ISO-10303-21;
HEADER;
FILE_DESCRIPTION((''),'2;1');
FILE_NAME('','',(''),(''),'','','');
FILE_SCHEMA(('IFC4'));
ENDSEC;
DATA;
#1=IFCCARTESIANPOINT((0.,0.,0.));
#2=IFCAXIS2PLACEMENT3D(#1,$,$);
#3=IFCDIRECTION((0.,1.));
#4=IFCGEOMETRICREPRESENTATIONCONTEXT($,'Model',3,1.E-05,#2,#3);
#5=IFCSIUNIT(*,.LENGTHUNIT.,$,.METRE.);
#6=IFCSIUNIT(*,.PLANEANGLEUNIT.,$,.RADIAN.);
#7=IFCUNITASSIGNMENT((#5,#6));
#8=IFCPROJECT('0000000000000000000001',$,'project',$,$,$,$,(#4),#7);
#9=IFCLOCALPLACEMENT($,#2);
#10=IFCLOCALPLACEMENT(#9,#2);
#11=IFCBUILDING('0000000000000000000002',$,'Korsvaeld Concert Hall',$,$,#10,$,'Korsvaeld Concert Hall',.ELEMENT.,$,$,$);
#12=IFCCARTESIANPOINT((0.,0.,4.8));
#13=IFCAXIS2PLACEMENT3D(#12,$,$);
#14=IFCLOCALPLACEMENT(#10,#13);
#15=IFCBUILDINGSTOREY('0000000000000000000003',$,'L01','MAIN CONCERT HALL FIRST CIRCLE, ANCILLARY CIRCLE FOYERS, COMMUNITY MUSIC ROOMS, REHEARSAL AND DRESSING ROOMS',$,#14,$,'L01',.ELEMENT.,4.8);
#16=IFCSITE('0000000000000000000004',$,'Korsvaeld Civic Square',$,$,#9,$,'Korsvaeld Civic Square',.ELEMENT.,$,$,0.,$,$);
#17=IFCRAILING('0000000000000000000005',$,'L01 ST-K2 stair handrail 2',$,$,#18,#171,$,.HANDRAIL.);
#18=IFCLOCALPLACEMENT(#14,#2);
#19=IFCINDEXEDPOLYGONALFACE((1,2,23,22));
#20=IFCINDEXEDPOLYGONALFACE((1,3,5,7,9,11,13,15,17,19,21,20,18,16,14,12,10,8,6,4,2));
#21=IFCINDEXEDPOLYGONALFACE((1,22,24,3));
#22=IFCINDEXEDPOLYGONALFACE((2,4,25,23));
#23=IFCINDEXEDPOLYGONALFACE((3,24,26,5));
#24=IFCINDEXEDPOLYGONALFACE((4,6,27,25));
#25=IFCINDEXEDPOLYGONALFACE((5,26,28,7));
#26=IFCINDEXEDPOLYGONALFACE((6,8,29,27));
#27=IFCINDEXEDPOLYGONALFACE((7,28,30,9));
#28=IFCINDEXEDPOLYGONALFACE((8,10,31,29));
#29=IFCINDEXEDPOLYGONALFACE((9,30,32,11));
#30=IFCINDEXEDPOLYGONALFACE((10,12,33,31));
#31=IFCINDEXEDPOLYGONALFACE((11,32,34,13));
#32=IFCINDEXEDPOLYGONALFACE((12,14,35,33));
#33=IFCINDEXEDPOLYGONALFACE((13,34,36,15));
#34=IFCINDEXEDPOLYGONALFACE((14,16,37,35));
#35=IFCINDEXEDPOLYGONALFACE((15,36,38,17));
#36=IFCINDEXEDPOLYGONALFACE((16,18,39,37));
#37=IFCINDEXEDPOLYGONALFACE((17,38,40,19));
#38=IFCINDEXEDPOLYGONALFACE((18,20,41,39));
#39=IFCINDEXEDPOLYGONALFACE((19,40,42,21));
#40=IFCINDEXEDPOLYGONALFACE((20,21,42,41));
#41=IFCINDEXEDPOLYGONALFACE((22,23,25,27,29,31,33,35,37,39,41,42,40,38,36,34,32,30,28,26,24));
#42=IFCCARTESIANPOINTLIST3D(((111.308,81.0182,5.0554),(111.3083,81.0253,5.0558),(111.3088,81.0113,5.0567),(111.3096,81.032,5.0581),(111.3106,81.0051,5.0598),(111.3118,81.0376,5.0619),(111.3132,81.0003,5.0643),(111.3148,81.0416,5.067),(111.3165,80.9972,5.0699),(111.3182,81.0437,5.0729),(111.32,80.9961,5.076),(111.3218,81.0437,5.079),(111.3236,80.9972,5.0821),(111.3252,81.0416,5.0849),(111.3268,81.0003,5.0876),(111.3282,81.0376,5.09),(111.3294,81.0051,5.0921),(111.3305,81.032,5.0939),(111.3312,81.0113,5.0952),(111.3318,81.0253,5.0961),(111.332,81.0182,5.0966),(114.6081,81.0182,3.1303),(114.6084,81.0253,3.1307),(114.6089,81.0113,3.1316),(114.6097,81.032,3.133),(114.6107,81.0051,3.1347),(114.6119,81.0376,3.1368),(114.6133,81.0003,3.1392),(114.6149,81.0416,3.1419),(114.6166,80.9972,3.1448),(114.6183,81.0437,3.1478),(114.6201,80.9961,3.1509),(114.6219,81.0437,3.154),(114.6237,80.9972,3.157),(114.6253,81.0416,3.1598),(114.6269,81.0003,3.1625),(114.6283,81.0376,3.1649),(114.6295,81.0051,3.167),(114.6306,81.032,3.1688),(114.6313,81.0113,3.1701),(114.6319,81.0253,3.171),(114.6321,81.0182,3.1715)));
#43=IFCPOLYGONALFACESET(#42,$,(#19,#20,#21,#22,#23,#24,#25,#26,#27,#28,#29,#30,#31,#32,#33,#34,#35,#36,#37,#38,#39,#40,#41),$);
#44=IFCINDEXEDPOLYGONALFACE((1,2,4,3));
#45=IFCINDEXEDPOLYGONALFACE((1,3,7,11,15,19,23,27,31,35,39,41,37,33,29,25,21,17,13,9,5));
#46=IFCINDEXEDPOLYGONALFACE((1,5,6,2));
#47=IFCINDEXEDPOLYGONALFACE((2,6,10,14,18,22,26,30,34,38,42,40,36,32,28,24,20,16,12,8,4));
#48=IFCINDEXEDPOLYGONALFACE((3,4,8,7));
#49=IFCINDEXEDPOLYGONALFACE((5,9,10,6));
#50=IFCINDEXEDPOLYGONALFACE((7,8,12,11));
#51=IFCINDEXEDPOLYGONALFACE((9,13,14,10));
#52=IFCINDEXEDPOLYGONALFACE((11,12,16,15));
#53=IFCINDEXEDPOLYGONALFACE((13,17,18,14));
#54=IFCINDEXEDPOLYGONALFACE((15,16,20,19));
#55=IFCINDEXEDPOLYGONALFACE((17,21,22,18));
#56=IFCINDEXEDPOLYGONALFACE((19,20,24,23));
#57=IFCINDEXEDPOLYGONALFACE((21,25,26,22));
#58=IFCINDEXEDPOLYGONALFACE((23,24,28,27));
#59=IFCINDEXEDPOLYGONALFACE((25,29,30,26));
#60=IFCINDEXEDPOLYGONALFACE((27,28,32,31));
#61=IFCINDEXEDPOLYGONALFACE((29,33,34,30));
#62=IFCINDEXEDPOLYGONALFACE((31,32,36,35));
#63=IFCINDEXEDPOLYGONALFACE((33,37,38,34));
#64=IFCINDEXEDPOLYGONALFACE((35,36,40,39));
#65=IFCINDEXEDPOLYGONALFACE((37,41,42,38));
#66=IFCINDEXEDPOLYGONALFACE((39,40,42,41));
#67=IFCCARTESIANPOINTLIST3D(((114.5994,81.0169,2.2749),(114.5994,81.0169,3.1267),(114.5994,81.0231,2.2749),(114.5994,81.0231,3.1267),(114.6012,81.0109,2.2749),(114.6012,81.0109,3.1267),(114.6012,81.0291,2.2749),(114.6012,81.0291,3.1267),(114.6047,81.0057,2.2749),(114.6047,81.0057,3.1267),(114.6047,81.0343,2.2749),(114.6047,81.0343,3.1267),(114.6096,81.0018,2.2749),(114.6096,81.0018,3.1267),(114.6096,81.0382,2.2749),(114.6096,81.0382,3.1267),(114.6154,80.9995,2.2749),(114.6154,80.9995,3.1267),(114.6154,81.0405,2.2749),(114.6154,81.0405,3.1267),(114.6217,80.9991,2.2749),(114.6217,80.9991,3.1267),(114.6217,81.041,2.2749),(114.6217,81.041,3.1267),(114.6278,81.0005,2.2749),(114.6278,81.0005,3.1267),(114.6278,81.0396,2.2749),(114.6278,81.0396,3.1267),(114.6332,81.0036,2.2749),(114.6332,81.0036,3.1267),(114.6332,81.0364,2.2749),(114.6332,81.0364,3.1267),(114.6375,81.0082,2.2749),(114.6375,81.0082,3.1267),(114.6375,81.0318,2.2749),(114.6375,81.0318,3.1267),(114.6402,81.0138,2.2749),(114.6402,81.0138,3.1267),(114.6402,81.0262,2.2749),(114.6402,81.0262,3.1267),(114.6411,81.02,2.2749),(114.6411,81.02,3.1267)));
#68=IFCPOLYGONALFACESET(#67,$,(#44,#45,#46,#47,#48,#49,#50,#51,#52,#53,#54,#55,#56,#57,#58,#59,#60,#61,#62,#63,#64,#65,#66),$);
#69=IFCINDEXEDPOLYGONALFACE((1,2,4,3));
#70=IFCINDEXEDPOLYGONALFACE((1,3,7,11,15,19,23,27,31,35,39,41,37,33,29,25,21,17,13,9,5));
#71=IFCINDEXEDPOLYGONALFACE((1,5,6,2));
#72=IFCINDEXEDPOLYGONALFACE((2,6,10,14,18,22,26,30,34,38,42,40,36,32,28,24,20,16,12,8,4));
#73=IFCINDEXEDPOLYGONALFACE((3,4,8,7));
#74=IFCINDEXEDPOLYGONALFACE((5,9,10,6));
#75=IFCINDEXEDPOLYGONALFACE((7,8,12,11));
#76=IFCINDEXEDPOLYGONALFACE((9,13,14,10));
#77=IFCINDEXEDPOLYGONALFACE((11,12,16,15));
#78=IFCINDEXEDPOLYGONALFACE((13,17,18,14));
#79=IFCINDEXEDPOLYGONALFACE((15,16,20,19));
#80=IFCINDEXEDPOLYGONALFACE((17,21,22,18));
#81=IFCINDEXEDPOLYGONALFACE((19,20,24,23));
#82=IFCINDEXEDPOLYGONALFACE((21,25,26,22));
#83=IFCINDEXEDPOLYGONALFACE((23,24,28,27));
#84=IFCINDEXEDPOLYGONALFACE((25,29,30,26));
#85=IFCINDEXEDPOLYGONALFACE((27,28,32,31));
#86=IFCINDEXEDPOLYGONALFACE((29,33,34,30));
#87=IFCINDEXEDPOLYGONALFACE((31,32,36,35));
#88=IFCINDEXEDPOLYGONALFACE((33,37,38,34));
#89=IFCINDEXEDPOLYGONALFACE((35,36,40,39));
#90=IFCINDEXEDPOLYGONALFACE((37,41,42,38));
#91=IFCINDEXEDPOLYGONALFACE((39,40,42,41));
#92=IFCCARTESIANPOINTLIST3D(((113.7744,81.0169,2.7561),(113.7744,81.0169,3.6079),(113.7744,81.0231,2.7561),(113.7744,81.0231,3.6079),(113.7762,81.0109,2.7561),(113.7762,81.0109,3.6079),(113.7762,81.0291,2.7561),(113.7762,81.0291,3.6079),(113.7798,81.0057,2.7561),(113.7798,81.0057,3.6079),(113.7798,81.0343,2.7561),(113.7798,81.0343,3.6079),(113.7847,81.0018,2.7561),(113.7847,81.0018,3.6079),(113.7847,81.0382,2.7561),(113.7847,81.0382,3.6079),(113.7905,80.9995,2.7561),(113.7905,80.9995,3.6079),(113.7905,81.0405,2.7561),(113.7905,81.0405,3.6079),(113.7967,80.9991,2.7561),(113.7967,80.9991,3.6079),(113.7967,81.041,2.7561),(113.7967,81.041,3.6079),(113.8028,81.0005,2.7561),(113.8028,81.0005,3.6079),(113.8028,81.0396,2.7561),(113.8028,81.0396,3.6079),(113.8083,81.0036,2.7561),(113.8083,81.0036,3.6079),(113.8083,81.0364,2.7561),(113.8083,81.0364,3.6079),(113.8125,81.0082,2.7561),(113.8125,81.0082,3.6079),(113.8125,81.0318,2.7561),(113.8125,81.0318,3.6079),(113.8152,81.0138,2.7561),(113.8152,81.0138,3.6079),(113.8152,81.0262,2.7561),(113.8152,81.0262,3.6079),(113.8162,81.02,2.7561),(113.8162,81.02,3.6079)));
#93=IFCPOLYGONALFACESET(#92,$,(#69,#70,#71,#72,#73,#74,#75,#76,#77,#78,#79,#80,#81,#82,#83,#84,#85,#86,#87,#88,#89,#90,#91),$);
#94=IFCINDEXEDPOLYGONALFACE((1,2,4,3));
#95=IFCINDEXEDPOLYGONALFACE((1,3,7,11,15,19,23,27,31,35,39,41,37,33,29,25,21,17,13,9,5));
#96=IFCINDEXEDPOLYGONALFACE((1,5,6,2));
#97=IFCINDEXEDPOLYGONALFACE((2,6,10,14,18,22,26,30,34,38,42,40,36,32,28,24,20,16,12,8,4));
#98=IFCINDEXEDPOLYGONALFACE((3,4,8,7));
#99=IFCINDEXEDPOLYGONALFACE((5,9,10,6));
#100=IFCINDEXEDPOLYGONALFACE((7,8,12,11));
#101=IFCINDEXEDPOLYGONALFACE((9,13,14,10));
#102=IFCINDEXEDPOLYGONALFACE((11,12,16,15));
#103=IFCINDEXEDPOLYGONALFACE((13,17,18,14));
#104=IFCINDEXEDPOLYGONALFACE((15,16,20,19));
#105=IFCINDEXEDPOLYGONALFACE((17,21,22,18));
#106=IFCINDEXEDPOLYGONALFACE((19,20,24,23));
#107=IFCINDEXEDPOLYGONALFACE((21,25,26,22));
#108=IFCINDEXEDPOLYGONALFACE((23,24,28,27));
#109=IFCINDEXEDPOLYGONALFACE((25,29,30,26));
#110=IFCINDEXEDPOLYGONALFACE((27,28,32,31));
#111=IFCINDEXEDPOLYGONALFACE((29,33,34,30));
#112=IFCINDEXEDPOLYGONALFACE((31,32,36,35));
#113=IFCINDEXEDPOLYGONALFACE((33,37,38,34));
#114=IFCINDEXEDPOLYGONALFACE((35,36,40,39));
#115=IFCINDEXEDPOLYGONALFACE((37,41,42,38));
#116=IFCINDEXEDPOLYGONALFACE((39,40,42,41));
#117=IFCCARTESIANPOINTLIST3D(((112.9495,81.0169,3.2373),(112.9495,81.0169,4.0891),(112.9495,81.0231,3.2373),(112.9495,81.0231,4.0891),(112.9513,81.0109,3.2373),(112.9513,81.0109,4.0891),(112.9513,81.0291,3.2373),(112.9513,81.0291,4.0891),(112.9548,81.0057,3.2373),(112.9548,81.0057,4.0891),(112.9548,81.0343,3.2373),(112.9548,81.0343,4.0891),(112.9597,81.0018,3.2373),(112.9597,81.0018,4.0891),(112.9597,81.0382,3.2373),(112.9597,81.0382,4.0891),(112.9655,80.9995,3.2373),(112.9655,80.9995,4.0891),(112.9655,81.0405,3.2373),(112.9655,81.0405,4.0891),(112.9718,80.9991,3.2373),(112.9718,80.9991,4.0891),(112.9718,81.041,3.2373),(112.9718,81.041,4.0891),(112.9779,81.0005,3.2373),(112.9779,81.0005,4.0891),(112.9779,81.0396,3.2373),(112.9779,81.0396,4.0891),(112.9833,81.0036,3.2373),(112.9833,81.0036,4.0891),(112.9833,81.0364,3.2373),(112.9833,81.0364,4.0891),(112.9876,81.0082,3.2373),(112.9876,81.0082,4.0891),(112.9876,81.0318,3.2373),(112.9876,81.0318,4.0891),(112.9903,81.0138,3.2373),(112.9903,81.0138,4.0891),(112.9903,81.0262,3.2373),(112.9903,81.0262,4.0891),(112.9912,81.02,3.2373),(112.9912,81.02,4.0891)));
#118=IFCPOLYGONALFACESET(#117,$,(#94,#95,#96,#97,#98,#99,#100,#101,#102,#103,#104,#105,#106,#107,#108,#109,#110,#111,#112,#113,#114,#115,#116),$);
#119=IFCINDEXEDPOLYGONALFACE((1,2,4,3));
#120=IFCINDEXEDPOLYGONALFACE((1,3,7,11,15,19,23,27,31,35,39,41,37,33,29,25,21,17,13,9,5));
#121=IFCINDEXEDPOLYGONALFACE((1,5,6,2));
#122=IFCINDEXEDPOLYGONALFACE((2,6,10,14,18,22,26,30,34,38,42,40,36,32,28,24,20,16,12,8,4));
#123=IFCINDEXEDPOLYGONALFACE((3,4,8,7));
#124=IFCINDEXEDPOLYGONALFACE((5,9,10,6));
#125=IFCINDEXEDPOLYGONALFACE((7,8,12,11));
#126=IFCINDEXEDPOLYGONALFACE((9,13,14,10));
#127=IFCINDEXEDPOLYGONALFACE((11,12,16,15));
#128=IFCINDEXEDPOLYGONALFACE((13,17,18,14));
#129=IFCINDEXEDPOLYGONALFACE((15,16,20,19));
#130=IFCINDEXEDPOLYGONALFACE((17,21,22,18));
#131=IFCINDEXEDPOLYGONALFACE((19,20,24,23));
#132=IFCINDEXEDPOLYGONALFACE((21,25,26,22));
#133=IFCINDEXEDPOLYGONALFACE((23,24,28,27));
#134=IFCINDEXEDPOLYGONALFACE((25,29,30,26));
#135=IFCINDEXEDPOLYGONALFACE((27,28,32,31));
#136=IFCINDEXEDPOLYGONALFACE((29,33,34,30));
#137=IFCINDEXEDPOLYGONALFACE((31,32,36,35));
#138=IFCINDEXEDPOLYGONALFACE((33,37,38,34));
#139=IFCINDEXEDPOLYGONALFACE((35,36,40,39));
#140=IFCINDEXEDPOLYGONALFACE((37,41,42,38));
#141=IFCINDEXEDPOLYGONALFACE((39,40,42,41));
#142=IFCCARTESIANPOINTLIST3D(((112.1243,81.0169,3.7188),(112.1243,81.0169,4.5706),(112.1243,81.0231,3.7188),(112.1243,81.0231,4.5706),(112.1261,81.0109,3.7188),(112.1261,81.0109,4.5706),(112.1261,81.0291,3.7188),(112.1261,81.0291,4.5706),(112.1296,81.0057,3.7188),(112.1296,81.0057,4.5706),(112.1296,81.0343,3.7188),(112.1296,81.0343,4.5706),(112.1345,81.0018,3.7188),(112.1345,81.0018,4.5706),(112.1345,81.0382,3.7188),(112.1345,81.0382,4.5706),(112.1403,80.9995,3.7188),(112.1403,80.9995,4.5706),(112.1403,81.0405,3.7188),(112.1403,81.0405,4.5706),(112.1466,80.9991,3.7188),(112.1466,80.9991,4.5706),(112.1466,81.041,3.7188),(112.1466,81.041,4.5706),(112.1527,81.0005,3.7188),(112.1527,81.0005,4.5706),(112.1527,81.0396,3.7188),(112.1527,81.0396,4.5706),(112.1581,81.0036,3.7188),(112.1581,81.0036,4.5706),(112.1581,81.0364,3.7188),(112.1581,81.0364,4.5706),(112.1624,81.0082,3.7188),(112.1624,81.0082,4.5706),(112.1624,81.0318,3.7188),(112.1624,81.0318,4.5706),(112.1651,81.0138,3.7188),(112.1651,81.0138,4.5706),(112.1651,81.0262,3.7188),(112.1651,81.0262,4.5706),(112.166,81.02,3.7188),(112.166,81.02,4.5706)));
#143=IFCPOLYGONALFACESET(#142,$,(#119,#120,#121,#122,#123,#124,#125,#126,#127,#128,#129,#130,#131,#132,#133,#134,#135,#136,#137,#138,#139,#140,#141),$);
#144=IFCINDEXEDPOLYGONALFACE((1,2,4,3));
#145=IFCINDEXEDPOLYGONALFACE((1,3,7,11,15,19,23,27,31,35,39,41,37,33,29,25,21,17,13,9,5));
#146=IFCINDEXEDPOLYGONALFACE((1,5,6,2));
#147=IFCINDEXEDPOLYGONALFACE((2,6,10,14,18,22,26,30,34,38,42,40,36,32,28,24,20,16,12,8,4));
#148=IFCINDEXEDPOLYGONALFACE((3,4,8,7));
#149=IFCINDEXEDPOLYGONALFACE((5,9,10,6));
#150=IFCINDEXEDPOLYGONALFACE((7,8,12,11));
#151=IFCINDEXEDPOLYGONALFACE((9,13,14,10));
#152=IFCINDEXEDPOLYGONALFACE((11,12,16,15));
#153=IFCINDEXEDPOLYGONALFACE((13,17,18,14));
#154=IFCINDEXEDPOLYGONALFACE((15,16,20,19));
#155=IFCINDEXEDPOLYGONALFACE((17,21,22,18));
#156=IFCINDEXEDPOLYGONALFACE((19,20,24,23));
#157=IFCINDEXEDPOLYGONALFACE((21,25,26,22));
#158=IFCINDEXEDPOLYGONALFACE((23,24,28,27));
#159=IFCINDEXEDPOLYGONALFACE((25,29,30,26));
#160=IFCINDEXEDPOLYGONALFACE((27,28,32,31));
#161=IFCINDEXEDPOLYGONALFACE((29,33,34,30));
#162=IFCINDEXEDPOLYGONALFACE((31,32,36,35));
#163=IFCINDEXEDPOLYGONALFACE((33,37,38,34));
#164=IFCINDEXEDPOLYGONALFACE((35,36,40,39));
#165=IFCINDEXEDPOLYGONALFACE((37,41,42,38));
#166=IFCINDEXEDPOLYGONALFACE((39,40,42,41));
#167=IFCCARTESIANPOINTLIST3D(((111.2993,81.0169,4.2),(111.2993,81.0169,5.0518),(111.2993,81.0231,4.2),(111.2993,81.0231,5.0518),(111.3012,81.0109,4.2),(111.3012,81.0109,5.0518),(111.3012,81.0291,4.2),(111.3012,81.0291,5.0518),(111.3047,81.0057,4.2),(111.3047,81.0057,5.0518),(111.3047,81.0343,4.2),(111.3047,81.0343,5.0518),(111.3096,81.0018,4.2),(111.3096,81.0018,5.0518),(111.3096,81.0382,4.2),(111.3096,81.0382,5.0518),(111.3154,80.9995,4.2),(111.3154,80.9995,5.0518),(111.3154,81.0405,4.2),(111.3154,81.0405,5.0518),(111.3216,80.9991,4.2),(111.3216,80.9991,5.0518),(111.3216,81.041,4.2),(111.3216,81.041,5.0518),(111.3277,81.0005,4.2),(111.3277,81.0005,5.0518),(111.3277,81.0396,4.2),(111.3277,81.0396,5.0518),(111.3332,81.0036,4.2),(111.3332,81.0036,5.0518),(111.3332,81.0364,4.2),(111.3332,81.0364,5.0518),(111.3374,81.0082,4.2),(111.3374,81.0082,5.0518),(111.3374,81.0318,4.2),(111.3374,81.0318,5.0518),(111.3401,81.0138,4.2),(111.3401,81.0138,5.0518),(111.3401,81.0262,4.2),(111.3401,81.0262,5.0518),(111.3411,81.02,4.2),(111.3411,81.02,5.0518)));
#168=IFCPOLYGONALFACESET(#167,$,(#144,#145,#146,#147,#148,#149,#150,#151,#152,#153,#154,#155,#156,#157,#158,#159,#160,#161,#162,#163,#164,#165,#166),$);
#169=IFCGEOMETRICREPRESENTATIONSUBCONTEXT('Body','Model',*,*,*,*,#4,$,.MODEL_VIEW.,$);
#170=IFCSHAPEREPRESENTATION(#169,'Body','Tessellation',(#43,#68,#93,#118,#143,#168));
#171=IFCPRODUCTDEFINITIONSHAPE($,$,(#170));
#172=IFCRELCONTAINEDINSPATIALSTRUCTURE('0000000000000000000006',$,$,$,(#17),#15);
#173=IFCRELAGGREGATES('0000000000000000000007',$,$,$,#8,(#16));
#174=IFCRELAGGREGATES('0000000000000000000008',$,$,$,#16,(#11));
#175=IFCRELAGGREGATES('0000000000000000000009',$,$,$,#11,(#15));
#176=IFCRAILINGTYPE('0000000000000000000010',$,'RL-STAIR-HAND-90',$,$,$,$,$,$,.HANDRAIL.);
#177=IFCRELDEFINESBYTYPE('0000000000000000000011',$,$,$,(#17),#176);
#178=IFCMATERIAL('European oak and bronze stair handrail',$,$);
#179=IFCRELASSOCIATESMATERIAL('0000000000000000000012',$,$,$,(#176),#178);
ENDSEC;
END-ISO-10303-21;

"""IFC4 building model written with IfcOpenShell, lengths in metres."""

from ifc_helpers import new_model, si_unit, direction, frame, origin, origin_2d, place, context, subcontext, project, spatial, circle, extrude, material, type_object, element, save


model = new_model("IFC4")

# Units and contexts
model_context = context("Model", 3, precision=1e-05, world=origin(), true_north=direction((0.0, 1.0)))
body_context = subcontext(model_context, "Body", "Model", "MODEL_VIEW")
ifc_project = project(units=[si_unit("LENGTHUNIT", "METRE"), si_unit("PLANEANGLEUNIT", "RADIAN")], contexts=[model_context])

# Site, building, storey
site_placement = place(None, origin())
site = spatial("IfcSite", under=ifc_project, at=site_placement, Name="Korsvaeld Civic Square", LongName="Korsvaeld Civic Square", CompositionType="ELEMENT", RefElevation=0.0)
building_placement = place(site_placement, origin())
building = spatial("IfcBuilding", under=site, at=building_placement, Name="Korsvaeld Concert Hall", LongName="Korsvaeld Concert Hall", CompositionType="ELEMENT")
storey_placement = place(building_placement, frame((0.0, 0.0, 4.8)))
storey = spatial("IfcBuildingStorey", under=building, at=storey_placement, Name="L01", Description="MAIN CONCERT HALL FIRST CIRCLE, ANCILLARY CIRCLE FOYERS, COMMUNITY MUSIC ROOMS, REHEARSAL AND DRESSING ROOMS", LongName="L01", CompositionType="ELEMENT", Elevation=4.8)

# Railing
ifc_material_1 = material(Name="European oak and bronze stair handrail")
railing_type_1 = type_object("IfcRailingType", Name="RL-STAIR-HAND-90", PredefinedType="HANDRAIL", material=ifc_material_1)
railing_1_placement = place(storey_placement, frame((114.6201, 81.02, 2.2749)))
element("IfcRailing", 1, at=railing_1_placement, inside=storey, type_object=railing_type_1, Name="L01 ST-K2 stair handrail 2", PredefinedType="HANDRAIL", context=body_context, shape_type="SweptSolid", body=[
    extrude(circle(Radius=0.0239, at=origin_2d()), frame((0.0, 0.0, 0.876), z_axis=(-0.863777, 0.0, 0.503875), x_axis=(0.0, -1.0, 0.0)), (0.0, 0.0, 1.0), 3.8206),
    extrude(circle(Radius=0.021, at=origin_2d()), origin(), (0.0, 0.0, 1.0), 0.8518),
    extrude(circle(Radius=0.021, at=origin_2d()), frame((-0.825, 0.0, 0.4812)), (0.0, 0.0, 1.0), 0.8518),
    extrude(circle(Radius=0.021, at=origin_2d()), frame((-1.6499, 0.0, 0.9624)), (0.0, 0.0, 1.0), 0.8518),
    extrude(circle(Radius=0.021, at=origin_2d()), frame((-2.4751, 0.0, 1.4438)), (0.0, 0.0, 1.0), 0.8518),
    extrude(circle(Radius=0.021, at=origin_2d()), frame((-3.3, 0.0, 1.925)), (0.0, 0.0, 1.0), 0.8518),
])

save(model, "model.ifc")
